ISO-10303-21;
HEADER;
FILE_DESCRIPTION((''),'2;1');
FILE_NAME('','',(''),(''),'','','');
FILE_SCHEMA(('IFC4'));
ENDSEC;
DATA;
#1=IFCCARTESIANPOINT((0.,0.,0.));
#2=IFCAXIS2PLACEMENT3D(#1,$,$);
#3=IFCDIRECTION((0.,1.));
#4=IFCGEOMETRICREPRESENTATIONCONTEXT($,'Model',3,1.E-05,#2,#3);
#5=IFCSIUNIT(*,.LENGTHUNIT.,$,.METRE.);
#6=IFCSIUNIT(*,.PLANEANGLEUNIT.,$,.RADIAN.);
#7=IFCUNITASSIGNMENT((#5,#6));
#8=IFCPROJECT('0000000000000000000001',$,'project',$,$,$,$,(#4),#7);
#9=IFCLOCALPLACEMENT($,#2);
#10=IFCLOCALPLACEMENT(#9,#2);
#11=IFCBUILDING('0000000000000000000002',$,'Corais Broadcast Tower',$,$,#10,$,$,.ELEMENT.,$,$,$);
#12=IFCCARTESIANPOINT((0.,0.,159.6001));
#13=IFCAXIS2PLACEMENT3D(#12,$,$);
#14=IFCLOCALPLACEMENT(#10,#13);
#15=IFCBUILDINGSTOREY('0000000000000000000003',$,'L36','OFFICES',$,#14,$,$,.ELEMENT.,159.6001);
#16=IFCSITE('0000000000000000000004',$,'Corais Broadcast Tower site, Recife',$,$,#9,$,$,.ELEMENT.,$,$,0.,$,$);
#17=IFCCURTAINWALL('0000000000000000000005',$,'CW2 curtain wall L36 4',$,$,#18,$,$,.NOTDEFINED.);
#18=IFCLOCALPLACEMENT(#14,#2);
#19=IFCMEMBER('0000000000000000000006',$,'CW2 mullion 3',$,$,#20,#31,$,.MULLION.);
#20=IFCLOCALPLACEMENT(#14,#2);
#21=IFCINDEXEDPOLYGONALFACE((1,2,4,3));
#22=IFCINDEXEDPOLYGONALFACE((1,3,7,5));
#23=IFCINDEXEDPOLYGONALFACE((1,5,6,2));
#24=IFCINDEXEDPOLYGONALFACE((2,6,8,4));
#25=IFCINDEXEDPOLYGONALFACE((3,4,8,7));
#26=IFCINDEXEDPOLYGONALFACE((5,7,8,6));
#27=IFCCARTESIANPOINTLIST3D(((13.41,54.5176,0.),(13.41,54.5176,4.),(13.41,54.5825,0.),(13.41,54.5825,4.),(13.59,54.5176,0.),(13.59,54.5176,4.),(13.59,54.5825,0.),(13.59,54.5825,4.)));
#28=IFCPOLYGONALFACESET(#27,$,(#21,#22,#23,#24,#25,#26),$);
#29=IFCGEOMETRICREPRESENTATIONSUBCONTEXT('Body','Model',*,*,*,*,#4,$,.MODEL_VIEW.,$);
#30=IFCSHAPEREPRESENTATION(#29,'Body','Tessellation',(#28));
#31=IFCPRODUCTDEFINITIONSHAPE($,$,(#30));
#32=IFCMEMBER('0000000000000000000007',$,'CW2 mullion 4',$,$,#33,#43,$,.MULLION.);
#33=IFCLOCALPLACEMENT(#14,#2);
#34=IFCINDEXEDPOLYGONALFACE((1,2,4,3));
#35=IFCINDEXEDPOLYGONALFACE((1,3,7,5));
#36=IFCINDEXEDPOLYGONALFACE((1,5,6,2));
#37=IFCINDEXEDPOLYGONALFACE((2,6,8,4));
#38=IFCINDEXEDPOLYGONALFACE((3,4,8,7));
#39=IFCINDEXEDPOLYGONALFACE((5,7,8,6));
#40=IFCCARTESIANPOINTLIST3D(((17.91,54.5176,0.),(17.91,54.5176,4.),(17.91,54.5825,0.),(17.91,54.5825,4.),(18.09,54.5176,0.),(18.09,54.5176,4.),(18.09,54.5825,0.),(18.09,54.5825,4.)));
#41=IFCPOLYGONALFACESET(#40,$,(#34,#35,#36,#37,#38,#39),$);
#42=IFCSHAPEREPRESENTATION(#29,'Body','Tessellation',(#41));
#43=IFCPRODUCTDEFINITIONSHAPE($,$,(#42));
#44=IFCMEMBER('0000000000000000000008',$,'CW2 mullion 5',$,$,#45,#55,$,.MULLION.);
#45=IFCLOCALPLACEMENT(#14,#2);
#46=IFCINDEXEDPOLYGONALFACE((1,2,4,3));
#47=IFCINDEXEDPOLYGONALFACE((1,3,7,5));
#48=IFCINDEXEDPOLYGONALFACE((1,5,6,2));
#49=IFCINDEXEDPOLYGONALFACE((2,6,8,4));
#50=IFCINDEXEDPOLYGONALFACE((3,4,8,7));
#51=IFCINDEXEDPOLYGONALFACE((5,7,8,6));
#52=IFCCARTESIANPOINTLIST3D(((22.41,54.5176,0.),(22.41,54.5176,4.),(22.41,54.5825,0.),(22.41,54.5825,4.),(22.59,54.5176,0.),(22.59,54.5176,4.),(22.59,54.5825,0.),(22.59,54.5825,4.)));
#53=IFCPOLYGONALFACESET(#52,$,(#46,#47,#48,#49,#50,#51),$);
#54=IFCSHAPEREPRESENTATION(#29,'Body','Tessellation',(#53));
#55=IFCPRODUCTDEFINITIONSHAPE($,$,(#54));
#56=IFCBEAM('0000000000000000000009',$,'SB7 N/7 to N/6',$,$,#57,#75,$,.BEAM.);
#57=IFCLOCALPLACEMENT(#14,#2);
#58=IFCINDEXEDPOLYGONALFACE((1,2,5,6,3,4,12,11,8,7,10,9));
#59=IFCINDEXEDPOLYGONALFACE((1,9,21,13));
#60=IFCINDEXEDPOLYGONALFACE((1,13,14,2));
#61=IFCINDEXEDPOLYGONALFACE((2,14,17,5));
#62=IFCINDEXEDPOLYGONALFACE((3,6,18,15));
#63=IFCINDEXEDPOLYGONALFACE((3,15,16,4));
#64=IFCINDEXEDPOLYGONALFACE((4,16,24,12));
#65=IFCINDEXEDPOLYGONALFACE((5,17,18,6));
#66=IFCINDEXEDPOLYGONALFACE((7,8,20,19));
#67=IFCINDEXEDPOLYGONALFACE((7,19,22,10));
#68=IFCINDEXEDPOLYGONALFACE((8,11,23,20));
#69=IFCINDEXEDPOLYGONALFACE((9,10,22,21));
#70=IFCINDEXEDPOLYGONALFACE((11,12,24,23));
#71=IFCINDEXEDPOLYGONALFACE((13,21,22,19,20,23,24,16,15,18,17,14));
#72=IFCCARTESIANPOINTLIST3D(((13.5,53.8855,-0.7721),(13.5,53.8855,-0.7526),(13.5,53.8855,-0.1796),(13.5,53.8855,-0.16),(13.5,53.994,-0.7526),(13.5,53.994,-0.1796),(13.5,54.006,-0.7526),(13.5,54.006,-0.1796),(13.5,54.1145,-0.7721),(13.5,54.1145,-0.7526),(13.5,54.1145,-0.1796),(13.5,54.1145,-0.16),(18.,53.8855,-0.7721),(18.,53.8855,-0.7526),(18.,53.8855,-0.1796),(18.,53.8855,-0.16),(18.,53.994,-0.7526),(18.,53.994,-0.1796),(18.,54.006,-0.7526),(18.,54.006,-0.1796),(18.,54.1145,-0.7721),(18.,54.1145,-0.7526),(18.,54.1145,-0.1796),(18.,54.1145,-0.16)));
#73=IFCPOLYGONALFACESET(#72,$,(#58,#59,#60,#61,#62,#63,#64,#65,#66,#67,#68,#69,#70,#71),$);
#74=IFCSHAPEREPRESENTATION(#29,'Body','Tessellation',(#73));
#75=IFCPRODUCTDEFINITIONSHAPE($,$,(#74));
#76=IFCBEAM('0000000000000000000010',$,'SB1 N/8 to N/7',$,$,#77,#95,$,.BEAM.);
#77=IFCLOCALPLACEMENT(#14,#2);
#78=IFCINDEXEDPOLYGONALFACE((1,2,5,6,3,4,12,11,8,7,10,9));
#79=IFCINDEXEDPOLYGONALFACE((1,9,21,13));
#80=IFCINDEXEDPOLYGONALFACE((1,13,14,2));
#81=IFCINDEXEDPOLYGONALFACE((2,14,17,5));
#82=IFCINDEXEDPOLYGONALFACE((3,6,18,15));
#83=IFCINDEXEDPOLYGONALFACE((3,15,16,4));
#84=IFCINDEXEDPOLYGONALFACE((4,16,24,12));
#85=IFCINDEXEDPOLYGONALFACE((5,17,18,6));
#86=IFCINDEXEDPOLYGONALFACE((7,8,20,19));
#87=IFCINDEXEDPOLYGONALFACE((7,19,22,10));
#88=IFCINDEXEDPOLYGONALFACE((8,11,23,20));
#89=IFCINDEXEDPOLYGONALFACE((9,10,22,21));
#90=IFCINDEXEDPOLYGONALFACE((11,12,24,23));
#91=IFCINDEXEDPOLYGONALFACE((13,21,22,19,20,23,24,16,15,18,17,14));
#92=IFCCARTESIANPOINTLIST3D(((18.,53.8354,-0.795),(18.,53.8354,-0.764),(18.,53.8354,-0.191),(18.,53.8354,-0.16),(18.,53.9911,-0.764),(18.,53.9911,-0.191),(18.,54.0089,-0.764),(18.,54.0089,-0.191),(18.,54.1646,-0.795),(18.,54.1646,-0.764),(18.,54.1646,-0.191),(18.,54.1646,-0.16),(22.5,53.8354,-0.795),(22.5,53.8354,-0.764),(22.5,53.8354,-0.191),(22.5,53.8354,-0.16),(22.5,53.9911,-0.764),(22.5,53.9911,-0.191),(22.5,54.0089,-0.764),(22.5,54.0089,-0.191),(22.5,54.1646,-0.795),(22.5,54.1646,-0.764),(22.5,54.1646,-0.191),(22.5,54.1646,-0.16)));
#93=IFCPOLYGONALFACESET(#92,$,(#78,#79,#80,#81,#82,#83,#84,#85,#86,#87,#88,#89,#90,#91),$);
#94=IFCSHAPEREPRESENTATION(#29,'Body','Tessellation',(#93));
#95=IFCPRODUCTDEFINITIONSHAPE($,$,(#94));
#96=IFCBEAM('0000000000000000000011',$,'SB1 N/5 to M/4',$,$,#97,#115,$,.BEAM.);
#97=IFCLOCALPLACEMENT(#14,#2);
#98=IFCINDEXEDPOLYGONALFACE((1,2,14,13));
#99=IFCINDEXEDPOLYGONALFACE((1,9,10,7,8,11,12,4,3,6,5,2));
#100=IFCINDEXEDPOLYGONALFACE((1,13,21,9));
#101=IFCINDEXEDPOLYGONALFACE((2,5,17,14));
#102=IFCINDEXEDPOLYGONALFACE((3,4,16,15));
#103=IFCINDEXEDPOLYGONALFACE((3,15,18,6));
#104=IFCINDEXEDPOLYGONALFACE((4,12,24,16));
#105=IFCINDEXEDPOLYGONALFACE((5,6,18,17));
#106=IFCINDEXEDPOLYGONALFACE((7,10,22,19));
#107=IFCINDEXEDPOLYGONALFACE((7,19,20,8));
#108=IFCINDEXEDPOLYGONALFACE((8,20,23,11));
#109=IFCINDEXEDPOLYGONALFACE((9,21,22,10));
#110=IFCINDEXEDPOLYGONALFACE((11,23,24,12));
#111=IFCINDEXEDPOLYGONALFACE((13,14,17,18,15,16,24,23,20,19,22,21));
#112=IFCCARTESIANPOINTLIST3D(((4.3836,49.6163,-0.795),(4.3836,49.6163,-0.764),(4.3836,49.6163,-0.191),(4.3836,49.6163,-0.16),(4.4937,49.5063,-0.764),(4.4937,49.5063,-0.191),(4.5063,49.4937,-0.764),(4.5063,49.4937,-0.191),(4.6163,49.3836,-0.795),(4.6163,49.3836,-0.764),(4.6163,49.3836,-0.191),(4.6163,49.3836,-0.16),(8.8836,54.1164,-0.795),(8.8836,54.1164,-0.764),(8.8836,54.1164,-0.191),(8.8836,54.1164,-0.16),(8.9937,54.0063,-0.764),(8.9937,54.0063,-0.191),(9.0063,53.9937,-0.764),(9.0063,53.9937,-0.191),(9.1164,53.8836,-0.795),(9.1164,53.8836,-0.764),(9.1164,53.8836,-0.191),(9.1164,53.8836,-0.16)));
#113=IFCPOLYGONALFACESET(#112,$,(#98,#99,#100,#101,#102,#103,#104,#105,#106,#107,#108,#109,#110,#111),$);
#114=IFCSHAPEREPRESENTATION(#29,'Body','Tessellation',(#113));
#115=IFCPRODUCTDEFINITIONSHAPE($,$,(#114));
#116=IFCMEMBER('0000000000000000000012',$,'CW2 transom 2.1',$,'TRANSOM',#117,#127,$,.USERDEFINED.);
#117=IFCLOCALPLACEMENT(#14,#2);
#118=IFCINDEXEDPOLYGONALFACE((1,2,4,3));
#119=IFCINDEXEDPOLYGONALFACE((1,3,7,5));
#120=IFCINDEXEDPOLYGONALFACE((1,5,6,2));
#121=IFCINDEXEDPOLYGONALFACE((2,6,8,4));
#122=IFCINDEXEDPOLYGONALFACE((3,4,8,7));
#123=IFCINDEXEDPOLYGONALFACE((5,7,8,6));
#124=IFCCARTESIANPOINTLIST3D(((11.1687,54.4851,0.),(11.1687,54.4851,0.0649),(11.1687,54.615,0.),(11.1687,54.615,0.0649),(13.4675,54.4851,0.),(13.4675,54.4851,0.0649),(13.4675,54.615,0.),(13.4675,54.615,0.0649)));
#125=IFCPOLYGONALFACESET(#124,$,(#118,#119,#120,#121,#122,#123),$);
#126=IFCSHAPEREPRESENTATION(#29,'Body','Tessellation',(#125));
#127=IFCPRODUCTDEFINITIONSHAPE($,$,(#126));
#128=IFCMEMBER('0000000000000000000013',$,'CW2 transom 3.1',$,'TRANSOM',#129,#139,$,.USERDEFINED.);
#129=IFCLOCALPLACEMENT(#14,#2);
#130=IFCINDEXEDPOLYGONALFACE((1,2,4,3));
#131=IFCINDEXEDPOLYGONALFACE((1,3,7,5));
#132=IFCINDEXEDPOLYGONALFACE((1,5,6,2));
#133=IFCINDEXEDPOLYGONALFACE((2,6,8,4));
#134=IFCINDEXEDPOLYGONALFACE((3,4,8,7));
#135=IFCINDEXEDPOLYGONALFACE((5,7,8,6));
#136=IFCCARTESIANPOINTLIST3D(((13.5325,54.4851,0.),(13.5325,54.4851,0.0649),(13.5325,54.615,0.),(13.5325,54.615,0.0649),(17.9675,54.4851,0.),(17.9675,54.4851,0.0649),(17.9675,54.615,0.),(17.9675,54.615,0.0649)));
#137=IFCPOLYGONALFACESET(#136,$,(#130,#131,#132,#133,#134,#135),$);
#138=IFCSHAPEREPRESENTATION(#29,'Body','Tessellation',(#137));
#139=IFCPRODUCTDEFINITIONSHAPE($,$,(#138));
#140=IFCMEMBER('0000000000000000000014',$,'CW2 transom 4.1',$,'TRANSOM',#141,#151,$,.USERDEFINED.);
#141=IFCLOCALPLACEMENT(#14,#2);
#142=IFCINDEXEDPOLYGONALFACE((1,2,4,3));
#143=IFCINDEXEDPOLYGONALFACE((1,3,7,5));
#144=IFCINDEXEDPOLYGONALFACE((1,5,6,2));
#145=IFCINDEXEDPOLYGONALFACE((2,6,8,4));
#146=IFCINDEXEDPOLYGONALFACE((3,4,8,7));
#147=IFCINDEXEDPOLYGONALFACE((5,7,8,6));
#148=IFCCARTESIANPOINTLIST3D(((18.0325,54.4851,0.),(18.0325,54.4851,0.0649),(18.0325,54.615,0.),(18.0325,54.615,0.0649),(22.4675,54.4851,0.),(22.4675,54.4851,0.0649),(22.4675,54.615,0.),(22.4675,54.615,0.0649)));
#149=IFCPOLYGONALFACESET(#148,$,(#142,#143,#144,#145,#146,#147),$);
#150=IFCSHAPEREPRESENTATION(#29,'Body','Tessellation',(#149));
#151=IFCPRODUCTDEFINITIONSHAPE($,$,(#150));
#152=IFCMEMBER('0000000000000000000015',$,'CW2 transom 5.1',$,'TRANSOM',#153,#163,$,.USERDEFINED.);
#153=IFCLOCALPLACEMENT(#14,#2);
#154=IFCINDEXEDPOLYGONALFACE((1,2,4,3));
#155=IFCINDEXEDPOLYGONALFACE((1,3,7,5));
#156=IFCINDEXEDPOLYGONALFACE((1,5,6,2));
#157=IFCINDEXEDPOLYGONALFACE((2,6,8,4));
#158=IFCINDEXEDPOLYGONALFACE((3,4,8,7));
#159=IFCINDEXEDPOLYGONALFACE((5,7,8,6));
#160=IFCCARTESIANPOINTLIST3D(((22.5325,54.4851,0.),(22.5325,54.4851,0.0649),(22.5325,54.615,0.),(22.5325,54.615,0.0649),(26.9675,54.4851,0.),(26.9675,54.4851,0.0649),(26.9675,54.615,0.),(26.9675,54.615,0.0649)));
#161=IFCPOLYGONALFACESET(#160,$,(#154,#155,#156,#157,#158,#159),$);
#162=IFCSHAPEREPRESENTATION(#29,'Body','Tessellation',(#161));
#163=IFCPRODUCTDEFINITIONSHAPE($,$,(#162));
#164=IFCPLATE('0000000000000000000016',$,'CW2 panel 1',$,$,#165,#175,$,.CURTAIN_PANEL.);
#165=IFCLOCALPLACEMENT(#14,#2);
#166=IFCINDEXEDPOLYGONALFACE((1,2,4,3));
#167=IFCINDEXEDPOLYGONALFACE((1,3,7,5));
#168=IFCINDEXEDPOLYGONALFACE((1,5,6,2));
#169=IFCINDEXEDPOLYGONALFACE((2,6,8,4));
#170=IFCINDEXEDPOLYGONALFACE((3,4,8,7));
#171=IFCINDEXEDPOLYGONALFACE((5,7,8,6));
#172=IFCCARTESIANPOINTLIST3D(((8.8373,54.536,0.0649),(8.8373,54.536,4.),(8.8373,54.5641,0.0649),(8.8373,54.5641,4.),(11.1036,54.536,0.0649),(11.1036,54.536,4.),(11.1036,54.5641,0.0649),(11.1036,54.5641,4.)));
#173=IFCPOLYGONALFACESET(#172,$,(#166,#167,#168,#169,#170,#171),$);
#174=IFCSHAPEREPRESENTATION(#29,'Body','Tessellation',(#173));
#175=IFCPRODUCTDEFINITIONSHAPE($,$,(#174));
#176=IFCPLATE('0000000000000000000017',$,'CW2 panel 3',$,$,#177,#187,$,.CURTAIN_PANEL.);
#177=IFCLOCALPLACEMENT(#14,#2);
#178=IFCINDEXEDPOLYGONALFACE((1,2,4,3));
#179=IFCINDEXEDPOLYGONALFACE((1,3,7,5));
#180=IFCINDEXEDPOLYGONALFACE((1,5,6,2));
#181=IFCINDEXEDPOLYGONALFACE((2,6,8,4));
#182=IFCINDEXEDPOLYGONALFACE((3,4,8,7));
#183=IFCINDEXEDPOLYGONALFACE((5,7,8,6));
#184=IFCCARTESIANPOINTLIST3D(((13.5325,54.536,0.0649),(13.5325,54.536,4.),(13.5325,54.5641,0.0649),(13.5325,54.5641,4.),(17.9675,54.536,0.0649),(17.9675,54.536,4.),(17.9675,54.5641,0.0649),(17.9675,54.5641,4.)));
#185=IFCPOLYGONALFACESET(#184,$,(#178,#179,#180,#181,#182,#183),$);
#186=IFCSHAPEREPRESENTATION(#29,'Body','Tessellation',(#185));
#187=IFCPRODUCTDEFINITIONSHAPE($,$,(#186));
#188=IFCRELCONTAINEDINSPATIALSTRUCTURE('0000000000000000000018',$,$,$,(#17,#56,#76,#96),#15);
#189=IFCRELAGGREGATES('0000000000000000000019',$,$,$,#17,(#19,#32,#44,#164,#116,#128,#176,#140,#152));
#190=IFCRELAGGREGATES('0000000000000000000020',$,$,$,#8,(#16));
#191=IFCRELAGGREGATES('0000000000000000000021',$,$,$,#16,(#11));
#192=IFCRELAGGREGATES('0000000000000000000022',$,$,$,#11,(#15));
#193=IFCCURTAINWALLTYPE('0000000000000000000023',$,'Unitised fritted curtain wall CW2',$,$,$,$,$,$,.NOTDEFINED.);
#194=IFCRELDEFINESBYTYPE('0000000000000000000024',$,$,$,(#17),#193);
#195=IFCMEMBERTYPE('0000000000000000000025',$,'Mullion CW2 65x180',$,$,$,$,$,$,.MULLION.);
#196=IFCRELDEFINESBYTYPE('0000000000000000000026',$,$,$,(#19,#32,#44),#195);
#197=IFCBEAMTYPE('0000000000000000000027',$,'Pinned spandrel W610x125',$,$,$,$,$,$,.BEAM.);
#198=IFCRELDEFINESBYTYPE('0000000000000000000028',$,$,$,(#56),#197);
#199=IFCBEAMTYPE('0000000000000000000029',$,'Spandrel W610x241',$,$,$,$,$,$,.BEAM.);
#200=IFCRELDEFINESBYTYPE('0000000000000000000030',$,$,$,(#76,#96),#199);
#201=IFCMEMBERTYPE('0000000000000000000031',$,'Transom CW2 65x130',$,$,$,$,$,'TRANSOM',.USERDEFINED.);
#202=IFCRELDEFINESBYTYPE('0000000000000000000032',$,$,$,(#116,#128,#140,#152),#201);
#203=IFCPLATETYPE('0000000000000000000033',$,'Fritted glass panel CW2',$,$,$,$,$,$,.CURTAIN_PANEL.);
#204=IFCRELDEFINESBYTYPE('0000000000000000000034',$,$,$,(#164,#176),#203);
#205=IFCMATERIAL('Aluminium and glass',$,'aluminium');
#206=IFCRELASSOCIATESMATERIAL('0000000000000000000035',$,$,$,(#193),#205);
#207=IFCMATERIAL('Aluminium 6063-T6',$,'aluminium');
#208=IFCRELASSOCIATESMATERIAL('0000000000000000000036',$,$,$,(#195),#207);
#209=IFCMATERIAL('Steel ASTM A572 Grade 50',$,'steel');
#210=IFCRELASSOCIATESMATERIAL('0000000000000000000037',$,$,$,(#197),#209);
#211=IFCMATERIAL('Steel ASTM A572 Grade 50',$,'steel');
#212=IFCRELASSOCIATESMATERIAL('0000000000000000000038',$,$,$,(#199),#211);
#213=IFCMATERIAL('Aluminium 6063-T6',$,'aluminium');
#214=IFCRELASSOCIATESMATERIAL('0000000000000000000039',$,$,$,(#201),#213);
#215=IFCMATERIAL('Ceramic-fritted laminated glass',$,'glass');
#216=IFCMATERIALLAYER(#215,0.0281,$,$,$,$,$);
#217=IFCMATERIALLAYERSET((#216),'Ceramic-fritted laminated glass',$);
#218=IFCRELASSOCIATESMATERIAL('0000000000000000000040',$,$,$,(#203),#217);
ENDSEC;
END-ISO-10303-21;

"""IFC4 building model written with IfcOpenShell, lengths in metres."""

from ifc_helpers import new_model, si_unit, direction, frame, origin, origin_2d, place, context, subcontext, project, spatial, rectangle, i_section, extrude, material, layer, layer_set, material_profile, profile_set, type_object, element, aggregate, save


model = new_model("IFC4")

# Units and contexts
model_context = context("Model", 3, precision=1e-05, world=origin(), true_north=direction((0.0, 1.0)))
body_context = subcontext(model_context, "Body", "Model", "MODEL_VIEW")
ifc_project = project(units=[si_unit("LENGTHUNIT", "METRE"), si_unit("PLANEANGLEUNIT", "RADIAN")], contexts=[model_context])

# Site, building, storey
site_placement = place(None, origin())
site = spatial("IfcSite", under=ifc_project, at=site_placement, Name="Corais Broadcast Tower site, Recife", CompositionType="ELEMENT", RefElevation=0.0)
building_placement = place(site_placement, origin())
building = spatial("IfcBuilding", under=site, at=building_placement, Name="Corais Broadcast Tower", CompositionType="ELEMENT")
storey_placement = place(building_placement, frame((0.0, 0.0, 159.6001)))
storey = spatial("IfcBuildingStorey", under=building, at=storey_placement, Name="L36", Description="OFFICES", CompositionType="ELEMENT", Elevation=159.6001)

# Curtain wall, members
ifc_material_1 = material(Name="Aluminium and glass", Category="aluminium")
curtain_wall_type = type_object("IfcCurtainWallType", Name="Unitised fritted curtain wall CW2", PredefinedType="NOTDEFINED", material=ifc_material_1)
curtain_wall_placement = place(storey_placement, origin())
curtain_wall = element("IfcCurtainWall", 1, at=curtain_wall_placement, inside=storey, type_object=curtain_wall_type, Name="CW2 curtain wall L36 4", PredefinedType="NOTDEFINED")
ifc_material_2 = material(Name="Aluminium 6063-T6", Category="aluminium")
ifc_material_profile_1 = material_profile(ifc_material_2, rectangle(XDim=0.0649, YDim=0.1799, at=origin_2d()), Name="Mullion CW2 65x180")
ifc_profile_set_1 = profile_set([ifc_material_profile_1], Name="Aluminium 6063-T6")
member_type_1 = type_object("IfcMemberType", Name="Mullion CW2 65x180", PredefinedType="MULLION", material=ifc_profile_set_1)
member_1_placement = place(storey_placement, frame((13.5, 54.55, 0.0), z_axis=(0.0, 0.0, 1.0), x_axis=(0.0, 1.0, 0.0)))
member_1 = element("IfcMember", 2, at=member_1_placement, type_object=member_type_1, Name="CW2 mullion 3", PredefinedType="MULLION", context=body_context, shape_type="SweptSolid", body=[
    extrude(rectangle(XDim=0.0649, YDim=0.1799, at=origin_2d()), origin(), (0.0, 0.0, 1.0), 4.0),
])
member_2_placement = place(storey_placement, frame((18.0, 54.55, 0.0), z_axis=(0.0, 0.0, 1.0), x_axis=(0.0, 1.0, 0.0)))
member_2 = element("IfcMember", 3, at=member_2_placement, type_object=member_type_1, Name="CW2 mullion 4", PredefinedType="MULLION", context=body_context, shape_type="SweptSolid", body=[
    extrude(rectangle(XDim=0.0649, YDim=0.1799, at=origin_2d()), origin(), (0.0, 0.0, 1.0), 4.0),
])
member_3_placement = place(storey_placement, frame((22.5, 54.55, 0.0), z_axis=(0.0, 0.0, 1.0), x_axis=(0.0, 1.0, 0.0)))
member_3 = element("IfcMember", 4, at=member_3_placement, type_object=member_type_1, Name="CW2 mullion 5", PredefinedType="MULLION", context=body_context, shape_type="SweptSolid", body=[
    extrude(rectangle(XDim=0.0649, YDim=0.1799, at=origin_2d()), origin(), (0.0, 0.0, 1.0), 4.0),
])

# Beams
ifc_material_3 = material(Name="Steel ASTM A572 Grade 50", Category="steel")
ifc_material_profile_2 = material_profile(ifc_material_3, i_section(OverallWidth=0.229, OverallDepth=0.6121, WebThickness=0.012, FlangeThickness=0.0195, at=origin_2d()), Name="W610x125")
ifc_profile_set_2 = profile_set([ifc_material_profile_2], Name="Steel ASTM A572 Grade 50")
beam_type_1 = type_object("IfcBeamType", Name="Pinned spandrel W610x125", PredefinedType="BEAM", material=ifc_profile_set_2)
beam_1_placement = place(storey_placement, frame((18.0, 54.0, -0.4661), z_axis=(-1.0, 0.0, 0.0), x_axis=(0.0, -1.0, 0.0)))
element("IfcBeam", 5, at=beam_1_placement, inside=storey, type_object=beam_type_1, Name="SB7 N/7 to N/6", PredefinedType="BEAM", context=body_context, shape_type="SweptSolid", body=[
    extrude(i_section(OverallWidth=0.229, OverallDepth=0.6121, WebThickness=0.012, FlangeThickness=0.0195, at=origin_2d()), origin(), (0.0, 0.0, 1.0), 4.5),
])
ifc_material_4 = material(Name="Steel ASTM A572 Grade 50", Category="steel")
ifc_material_profile_3 = material_profile(ifc_material_4, i_section(OverallWidth=0.3291, OverallDepth=0.635, WebThickness=0.0178, FlangeThickness=0.031, at=origin_2d()), Name="W610x241")
ifc_profile_set_3 = profile_set([ifc_material_profile_3], Name="Steel ASTM A572 Grade 50")
beam_type_2 = type_object("IfcBeamType", Name="Spandrel W610x241", PredefinedType="BEAM", material=ifc_profile_set_3)
beam_2_placement = place(storey_placement, frame((22.5, 54.0, -0.4775), z_axis=(-1.0, 0.0, 0.0), x_axis=(0.0, -1.0, 0.0)))
element("IfcBeam", 6, at=beam_2_placement, inside=storey, type_object=beam_type_2, Name="SB1 N/8 to N/7", PredefinedType="BEAM", context=body_context, shape_type="SweptSolid", body=[
    extrude(i_section(OverallWidth=0.3291, OverallDepth=0.635, WebThickness=0.0178, FlangeThickness=0.031, at=origin_2d()), origin(), (0.0, 0.0, 1.0), 4.5),
])
beam_3_placement = place(storey_placement, frame((9.0, 54.0, -0.4775), z_axis=(-0.707107, -0.707107, 0.0), x_axis=(0.707107, -0.707107, 0.0)))
element("IfcBeam", 7, at=beam_3_placement, inside=storey, type_object=beam_type_2, Name="SB1 N/5 to M/4", PredefinedType="BEAM", context=body_context, shape_type="SweptSolid", body=[
    extrude(i_section(OverallWidth=0.3291, OverallDepth=0.635, WebThickness=0.0178, FlangeThickness=0.031, at=origin_2d()), origin(), (0.0, 0.0, 1.0), 6.364),
])

# Members
ifc_material_5 = material(Name="Aluminium 6063-T6", Category="aluminium")
ifc_material_profile_4 = material_profile(ifc_material_5, rectangle(XDim=0.1299, YDim=0.0649, at=origin_2d()), Name="Transom CW2 65x130")
ifc_profile_set_4 = profile_set([ifc_material_profile_4], Name="Aluminium 6063-T6")
member_type_2 = type_object("IfcMemberType", Name="Transom CW2 65x130", ElementType="TRANSOM", PredefinedType="USERDEFINED", material=ifc_profile_set_4)
member_4_placement = place(storey_placement, frame((11.1687, 54.55, 0.0325), z_axis=(1.0, 0.0, 0.0), x_axis=(0.0, 1.0, 0.0)))
member_4 = element("IfcMember", 8, at=member_4_placement, type_object=member_type_2, Name="CW2 transom 2.1", ObjectType="TRANSOM", PredefinedType="USERDEFINED", context=body_context, shape_type="SweptSolid", body=[
    extrude(rectangle(XDim=0.1299, YDim=0.0649, at=origin_2d()), origin(), (0.0, 0.0, 1.0), 2.2988),
])
member_5_placement = place(storey_placement, frame((13.5325, 54.55, 0.0325), z_axis=(1.0, 0.0, 0.0), x_axis=(0.0, 1.0, 0.0)))
member_5 = element("IfcMember", 9, at=member_5_placement, type_object=member_type_2, Name="CW2 transom 3.1", ObjectType="TRANSOM", PredefinedType="USERDEFINED", context=body_context, shape_type="SweptSolid", body=[
    extrude(rectangle(XDim=0.1299, YDim=0.0649, at=origin_2d()), origin(), (0.0, 0.0, 1.0), 4.4351),
])
member_6_placement = place(storey_placement, frame((18.0325, 54.55, 0.0325), z_axis=(1.0, 0.0, 0.0), x_axis=(0.0, 1.0, 0.0)))
member_6 = element("IfcMember", 10, at=member_6_placement, type_object=member_type_2, Name="CW2 transom 4.1", ObjectType="TRANSOM", PredefinedType="USERDEFINED", context=body_context, shape_type="SweptSolid", body=[
    extrude(rectangle(XDim=0.1299, YDim=0.0649, at=origin_2d()), origin(), (0.0, 0.0, 1.0), 4.4351),
])
member_7_placement = place(storey_placement, frame((22.5325, 54.55, 0.0325), z_axis=(1.0, 0.0, 0.0), x_axis=(0.0, 1.0, 0.0)))
member_7 = element("IfcMember", 11, at=member_7_placement, type_object=member_type_2, Name="CW2 transom 5.1", ObjectType="TRANSOM", PredefinedType="USERDEFINED", context=body_context, shape_type="SweptSolid", body=[
    extrude(rectangle(XDim=0.1299, YDim=0.0649, at=origin_2d()), origin(), (0.0, 0.0, 1.0), 4.4351),
])

# Plates
ifc_material_6 = material(Name="Ceramic-fritted laminated glass", Category="glass")
ifc_layer_1 = layer(ifc_material_6, 0.0281)
ifc_layer_set_1 = layer_set([ifc_layer_1], Name="Ceramic-fritted laminated glass")
plate_type_1 = type_object("IfcPlateType", Name="Fritted glass panel CW2", PredefinedType="CURTAIN_PANEL", material=ifc_layer_set_1)
plate_1_placement = place(storey_placement, frame((9.9705, 54.55, 0.0649), z_axis=(0.0, 0.0, 1.0), x_axis=(1.0, 0.0, 0.0)))
plate_1 = element("IfcPlate", 12, at=plate_1_placement, type_object=plate_type_1, Name="CW2 panel 1", PredefinedType="CURTAIN_PANEL", context=body_context, shape_type="SweptSolid", body=[
    extrude(rectangle(XDim=2.2664, YDim=0.0281, at=origin_2d()), origin(), (0.0, 0.0, 1.0), 3.9351),
])
plate_2_placement = place(storey_placement, frame((15.75, 54.55, 0.0649), z_axis=(0.0, 0.0, 1.0), x_axis=(1.0, 0.0, 0.0)))
plate_2 = element("IfcPlate", 13, at=plate_2_placement, type_object=plate_type_1, Name="CW2 panel 3", PredefinedType="CURTAIN_PANEL", context=body_context, shape_type="SweptSolid", body=[
    extrude(rectangle(XDim=4.4351, YDim=0.0281, at=origin_2d()), origin(), (0.0, 0.0, 1.0), 3.9351),
])
aggregate(curtain_wall, [member_1, member_2, member_3, plate_1, member_4, member_5, plate_2, member_6, member_7])

save(model, "model.ifc")
